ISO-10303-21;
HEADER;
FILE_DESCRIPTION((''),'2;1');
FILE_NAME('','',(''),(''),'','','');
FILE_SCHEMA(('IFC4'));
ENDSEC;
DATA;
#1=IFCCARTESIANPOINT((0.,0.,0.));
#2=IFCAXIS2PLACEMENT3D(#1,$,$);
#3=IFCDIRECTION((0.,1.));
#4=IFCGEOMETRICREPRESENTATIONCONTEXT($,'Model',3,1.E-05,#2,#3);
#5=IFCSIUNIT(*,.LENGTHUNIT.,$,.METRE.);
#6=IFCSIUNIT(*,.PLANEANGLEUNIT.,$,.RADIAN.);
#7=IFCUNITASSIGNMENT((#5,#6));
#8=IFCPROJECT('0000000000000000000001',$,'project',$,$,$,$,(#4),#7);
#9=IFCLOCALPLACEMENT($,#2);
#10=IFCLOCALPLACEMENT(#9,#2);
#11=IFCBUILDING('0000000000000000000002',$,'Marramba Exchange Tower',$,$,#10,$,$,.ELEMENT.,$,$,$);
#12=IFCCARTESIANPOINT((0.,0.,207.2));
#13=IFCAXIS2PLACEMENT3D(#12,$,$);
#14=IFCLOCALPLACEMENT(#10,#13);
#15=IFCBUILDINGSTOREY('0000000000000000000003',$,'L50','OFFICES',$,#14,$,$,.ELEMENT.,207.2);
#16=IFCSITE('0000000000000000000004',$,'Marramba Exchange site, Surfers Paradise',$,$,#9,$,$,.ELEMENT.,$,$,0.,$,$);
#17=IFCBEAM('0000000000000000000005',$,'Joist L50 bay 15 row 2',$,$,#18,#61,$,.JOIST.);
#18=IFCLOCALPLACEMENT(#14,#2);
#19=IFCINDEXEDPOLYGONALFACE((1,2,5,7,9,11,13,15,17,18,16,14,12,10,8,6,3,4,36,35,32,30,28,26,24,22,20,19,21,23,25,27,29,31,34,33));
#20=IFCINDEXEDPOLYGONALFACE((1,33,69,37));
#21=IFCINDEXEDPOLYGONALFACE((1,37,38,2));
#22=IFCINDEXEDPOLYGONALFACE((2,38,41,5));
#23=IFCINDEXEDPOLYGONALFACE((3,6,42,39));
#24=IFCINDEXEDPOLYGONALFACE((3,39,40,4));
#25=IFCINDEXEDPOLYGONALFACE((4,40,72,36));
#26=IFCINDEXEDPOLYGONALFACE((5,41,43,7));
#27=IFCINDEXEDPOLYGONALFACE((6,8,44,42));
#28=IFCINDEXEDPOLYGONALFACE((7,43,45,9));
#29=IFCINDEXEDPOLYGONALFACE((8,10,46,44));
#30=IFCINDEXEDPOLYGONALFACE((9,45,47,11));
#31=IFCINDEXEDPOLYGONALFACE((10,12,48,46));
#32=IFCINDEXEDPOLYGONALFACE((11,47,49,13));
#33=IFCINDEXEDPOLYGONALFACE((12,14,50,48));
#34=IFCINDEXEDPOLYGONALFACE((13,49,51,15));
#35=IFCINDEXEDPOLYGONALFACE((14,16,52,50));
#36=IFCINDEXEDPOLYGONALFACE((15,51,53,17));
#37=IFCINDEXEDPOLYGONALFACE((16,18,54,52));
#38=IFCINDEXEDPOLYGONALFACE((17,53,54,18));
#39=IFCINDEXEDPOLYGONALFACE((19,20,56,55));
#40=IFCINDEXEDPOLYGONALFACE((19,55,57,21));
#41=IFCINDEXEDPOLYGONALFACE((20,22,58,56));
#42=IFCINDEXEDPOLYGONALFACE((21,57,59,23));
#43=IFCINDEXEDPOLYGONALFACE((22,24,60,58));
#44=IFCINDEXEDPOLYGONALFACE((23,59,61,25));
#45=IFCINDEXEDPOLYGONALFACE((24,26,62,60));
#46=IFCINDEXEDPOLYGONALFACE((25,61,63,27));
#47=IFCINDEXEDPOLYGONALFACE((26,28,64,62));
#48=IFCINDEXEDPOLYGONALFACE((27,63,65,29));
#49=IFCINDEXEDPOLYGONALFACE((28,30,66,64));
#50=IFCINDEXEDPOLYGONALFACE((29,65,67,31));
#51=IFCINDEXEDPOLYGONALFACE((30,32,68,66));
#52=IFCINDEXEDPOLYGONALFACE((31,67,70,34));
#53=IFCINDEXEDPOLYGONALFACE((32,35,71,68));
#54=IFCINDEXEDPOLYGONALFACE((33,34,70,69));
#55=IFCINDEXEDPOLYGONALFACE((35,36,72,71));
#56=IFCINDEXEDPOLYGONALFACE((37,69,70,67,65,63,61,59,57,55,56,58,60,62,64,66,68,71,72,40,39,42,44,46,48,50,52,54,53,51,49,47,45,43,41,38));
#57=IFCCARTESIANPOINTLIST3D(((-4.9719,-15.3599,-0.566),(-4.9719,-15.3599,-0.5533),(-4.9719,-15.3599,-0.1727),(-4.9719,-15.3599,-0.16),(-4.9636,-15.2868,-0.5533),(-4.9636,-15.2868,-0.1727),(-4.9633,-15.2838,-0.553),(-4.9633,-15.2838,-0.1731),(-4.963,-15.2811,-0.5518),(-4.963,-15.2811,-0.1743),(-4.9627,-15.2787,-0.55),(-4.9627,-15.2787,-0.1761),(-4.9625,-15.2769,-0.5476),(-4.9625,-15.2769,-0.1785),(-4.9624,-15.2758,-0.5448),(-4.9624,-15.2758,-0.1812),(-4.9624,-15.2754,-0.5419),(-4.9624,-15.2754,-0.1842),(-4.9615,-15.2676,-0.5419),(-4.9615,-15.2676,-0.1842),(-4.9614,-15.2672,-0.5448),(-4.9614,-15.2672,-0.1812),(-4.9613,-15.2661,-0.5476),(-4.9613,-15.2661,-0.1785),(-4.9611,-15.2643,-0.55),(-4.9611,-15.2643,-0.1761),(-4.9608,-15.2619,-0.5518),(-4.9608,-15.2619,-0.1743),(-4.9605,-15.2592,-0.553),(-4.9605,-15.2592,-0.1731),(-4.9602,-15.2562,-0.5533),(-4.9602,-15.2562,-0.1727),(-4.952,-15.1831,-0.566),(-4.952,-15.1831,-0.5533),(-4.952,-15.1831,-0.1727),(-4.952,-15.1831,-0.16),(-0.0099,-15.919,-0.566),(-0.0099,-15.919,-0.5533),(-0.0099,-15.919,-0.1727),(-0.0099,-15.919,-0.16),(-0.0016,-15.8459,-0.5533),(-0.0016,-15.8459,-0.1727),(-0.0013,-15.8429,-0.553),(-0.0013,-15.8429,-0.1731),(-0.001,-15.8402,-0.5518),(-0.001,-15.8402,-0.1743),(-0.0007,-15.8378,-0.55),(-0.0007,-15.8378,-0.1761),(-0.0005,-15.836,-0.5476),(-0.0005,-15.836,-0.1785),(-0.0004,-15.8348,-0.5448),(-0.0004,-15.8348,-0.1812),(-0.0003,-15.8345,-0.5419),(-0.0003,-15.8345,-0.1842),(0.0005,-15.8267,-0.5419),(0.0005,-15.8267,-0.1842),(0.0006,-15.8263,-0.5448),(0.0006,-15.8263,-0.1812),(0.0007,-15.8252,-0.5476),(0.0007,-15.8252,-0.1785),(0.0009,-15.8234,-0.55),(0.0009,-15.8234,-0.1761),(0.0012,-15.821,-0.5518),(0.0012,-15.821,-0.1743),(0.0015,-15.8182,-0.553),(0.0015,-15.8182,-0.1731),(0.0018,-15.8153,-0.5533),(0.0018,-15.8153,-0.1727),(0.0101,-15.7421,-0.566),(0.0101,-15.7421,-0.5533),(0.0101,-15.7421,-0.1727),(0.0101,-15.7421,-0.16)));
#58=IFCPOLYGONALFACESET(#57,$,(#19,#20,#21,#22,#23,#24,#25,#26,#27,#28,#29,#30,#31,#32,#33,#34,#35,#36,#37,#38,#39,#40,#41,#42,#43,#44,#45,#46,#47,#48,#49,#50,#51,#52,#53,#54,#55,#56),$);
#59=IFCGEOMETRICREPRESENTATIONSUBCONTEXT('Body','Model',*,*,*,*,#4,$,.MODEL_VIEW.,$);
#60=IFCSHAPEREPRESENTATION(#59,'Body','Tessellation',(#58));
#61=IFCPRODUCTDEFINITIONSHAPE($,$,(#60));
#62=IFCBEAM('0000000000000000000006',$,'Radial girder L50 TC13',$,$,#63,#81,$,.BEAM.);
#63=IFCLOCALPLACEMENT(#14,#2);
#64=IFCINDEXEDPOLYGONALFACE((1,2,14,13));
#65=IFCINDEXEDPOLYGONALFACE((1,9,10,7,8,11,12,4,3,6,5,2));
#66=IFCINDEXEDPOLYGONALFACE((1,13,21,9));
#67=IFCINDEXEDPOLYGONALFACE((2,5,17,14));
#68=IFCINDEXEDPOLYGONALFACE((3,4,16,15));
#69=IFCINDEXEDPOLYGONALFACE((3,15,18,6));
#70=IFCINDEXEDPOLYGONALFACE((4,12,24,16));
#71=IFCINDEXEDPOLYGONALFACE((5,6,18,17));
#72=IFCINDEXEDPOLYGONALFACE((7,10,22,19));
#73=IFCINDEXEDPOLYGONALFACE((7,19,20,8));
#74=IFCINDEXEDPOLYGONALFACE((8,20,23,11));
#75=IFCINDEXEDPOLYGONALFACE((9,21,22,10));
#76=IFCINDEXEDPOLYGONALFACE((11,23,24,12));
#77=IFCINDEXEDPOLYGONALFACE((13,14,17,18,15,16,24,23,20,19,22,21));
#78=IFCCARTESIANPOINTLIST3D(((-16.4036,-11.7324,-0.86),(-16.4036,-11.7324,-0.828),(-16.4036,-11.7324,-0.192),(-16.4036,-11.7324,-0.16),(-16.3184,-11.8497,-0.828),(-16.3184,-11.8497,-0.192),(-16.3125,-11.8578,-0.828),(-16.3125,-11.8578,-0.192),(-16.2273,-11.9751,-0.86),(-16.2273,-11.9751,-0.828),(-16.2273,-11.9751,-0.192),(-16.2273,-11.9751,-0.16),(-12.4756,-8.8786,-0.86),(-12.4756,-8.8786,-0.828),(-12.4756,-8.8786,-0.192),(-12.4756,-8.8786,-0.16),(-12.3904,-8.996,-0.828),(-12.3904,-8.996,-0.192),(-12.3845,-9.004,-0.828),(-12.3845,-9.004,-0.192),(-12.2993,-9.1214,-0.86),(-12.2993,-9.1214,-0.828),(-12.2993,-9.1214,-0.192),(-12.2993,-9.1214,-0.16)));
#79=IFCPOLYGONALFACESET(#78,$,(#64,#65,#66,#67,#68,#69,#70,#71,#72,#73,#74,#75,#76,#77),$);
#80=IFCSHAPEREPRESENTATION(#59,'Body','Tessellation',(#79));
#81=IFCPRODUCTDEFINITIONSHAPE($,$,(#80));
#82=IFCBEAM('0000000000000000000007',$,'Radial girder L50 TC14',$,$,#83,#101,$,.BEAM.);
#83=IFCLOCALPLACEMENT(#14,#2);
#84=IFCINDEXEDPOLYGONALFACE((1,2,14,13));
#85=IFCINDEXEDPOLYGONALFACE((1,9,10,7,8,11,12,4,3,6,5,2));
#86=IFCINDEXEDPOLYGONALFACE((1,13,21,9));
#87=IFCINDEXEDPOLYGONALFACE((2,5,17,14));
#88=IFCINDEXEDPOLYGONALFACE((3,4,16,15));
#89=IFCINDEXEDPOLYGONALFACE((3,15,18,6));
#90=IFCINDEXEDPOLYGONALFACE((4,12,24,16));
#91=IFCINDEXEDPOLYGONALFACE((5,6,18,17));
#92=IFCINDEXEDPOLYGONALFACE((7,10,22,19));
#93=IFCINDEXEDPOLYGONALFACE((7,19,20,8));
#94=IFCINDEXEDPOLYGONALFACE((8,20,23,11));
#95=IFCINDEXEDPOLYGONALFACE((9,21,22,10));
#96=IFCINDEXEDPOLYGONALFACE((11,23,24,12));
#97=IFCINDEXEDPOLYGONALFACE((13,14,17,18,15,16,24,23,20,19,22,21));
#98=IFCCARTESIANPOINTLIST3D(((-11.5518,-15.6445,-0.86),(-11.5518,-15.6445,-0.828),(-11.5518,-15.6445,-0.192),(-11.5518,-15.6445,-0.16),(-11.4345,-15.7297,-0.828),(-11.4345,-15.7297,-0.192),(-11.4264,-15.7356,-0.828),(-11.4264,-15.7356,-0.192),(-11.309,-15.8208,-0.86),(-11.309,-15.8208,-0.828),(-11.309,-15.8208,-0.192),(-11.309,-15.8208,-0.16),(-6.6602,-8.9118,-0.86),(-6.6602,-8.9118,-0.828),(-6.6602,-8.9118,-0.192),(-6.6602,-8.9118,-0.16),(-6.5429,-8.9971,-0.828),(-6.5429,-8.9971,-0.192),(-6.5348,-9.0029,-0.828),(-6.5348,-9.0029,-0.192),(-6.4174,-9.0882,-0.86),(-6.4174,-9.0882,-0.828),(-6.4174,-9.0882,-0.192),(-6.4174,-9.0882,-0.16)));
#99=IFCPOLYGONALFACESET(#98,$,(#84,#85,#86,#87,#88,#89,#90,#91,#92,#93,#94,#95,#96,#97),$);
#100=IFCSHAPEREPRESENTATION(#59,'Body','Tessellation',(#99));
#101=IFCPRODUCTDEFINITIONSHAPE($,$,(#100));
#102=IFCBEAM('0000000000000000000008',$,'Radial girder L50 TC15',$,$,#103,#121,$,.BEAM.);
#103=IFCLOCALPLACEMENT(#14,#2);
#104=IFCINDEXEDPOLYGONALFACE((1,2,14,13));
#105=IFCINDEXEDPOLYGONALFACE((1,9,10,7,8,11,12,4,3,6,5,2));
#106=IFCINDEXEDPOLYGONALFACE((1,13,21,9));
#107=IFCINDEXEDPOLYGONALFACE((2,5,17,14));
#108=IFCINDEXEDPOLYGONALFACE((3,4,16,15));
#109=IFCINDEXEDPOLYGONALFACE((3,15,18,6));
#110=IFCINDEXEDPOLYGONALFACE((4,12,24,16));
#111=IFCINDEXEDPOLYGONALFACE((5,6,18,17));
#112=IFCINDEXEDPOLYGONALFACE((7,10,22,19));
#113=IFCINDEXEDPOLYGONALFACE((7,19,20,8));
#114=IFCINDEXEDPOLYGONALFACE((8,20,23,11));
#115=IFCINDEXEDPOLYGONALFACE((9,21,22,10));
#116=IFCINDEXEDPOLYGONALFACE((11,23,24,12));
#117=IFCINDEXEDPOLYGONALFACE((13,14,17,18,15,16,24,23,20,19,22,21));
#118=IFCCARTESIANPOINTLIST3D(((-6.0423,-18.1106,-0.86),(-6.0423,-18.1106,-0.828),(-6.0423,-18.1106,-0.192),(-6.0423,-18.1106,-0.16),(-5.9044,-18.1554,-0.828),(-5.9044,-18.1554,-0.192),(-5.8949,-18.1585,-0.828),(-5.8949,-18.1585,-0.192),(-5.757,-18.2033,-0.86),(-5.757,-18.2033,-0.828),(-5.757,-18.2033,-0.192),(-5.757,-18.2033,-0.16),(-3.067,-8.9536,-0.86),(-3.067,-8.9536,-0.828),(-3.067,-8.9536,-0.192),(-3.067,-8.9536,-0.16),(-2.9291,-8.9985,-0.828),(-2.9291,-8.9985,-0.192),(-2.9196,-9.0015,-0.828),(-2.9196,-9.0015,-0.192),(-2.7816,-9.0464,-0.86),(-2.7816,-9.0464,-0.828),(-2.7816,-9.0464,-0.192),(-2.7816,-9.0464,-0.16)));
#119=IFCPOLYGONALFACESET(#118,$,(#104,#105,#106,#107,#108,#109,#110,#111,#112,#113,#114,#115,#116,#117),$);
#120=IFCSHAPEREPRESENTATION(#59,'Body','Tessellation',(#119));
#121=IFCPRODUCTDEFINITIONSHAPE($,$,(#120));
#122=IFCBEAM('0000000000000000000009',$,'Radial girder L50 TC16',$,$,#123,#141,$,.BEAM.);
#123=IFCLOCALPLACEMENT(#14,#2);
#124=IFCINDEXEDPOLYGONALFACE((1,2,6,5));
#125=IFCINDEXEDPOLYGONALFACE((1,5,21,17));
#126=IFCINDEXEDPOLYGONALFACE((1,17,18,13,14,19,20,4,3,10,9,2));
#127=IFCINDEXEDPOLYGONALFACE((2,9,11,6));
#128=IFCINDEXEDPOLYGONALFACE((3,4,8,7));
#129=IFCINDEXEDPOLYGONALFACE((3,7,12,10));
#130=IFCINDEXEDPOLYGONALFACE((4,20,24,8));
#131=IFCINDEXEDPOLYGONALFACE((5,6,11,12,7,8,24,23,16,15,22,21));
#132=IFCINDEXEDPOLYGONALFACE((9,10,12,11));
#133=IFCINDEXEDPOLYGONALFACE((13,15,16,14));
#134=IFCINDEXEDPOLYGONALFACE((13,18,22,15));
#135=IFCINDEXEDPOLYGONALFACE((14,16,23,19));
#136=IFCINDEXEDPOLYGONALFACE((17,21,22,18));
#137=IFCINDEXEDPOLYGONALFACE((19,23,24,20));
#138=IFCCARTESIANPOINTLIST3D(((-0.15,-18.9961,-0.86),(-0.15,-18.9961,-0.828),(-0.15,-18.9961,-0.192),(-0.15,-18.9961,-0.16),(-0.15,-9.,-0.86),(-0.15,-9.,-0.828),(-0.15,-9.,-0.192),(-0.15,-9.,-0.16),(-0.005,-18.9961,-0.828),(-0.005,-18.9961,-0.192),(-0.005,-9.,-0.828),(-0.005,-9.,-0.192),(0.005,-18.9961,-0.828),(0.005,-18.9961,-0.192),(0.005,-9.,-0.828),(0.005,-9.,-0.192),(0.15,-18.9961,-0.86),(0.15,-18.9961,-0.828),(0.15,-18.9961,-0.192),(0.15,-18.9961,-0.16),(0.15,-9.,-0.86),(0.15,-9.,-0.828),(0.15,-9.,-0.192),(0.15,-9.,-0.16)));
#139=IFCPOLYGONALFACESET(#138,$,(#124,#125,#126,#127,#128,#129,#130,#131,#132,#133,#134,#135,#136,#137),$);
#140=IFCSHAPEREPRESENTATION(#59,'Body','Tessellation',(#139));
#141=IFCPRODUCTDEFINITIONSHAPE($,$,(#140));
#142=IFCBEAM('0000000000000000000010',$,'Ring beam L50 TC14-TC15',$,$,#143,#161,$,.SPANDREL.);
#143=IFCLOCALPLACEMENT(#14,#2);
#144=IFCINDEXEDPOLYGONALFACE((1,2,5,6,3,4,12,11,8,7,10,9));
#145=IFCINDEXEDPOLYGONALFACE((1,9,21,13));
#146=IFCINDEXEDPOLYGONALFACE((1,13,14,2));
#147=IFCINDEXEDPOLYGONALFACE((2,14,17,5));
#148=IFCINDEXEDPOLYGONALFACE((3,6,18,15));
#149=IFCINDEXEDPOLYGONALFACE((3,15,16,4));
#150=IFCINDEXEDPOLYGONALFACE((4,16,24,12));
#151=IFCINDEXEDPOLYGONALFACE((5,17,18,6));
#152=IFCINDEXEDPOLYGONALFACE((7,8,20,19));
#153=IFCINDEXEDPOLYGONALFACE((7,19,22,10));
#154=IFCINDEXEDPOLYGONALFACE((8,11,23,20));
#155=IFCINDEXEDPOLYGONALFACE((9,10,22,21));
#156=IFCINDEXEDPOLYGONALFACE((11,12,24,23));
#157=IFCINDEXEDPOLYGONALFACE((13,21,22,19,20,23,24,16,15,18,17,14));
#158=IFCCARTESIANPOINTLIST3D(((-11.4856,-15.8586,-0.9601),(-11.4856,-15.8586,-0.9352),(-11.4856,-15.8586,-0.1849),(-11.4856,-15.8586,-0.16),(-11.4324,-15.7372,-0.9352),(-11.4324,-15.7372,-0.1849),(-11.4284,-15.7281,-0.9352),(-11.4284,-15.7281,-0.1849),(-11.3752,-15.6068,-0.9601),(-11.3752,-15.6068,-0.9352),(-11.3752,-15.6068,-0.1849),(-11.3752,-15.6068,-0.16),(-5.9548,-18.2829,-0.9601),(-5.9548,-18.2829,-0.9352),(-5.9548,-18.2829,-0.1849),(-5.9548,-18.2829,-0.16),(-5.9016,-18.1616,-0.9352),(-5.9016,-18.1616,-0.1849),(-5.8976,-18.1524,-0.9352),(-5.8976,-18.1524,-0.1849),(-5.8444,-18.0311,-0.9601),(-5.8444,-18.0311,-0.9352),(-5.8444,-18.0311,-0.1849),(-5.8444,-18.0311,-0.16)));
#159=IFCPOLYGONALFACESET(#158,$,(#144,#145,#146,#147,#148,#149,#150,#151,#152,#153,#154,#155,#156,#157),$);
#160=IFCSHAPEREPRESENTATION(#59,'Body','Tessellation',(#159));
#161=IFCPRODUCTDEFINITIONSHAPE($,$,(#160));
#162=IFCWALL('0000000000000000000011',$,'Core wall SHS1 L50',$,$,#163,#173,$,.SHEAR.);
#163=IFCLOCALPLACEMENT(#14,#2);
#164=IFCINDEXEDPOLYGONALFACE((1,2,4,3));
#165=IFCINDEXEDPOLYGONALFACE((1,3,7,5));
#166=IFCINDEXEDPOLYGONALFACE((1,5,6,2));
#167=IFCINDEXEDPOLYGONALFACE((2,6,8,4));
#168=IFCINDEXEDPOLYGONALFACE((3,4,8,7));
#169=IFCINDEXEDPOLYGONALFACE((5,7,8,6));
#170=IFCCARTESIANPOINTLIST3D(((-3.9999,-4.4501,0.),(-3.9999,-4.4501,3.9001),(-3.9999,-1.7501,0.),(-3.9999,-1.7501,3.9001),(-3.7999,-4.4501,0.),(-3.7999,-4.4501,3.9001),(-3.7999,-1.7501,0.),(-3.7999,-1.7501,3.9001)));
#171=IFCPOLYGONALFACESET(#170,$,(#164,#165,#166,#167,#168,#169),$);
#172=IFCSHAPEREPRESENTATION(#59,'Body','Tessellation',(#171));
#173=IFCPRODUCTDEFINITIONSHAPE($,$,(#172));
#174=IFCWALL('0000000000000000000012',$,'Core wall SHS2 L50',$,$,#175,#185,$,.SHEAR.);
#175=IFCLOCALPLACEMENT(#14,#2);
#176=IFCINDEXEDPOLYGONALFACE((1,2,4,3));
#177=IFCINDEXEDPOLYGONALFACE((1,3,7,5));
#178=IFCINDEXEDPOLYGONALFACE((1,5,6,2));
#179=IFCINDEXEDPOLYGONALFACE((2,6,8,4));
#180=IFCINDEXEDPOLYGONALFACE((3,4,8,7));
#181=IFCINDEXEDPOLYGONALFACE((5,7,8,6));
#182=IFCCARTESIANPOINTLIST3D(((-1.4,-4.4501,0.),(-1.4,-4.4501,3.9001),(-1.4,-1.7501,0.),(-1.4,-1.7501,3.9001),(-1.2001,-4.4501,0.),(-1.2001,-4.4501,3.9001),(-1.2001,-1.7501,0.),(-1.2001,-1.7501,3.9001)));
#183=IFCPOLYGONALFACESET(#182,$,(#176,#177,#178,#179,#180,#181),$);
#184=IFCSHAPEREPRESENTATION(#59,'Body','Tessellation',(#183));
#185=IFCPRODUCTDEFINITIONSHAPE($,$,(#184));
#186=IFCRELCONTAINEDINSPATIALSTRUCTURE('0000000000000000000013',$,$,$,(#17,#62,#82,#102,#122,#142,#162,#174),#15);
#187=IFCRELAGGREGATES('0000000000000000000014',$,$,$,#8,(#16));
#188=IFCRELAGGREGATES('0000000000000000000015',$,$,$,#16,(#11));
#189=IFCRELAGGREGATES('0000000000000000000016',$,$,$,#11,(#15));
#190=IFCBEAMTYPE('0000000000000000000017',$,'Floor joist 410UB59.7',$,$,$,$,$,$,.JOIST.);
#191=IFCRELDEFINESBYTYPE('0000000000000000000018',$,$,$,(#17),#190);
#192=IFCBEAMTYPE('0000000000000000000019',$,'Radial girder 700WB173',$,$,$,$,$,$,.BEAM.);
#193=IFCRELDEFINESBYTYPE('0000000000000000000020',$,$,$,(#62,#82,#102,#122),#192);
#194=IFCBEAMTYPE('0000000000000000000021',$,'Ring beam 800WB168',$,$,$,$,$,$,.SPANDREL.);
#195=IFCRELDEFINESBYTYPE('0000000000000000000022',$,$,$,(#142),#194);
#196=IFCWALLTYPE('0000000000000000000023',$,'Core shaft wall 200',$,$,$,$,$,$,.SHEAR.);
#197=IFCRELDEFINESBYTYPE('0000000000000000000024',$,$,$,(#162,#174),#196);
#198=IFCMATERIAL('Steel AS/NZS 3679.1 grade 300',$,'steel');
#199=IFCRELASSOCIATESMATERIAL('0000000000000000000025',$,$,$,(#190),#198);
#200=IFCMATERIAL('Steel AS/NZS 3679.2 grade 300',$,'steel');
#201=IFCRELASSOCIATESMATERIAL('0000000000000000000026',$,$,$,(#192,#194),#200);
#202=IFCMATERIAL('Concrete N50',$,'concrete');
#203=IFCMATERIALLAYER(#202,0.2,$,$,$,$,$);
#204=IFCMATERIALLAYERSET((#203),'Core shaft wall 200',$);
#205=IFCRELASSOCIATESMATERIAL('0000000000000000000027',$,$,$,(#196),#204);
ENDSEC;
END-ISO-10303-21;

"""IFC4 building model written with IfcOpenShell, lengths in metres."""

from ifc_helpers import new_model, si_unit, direction, frame, frame_2d, origin, origin_2d, place, context, subcontext, project, spatial, rectangle, i_section, extrude, material, layer, layer_set, material_profile, profile_set, type_object, element, save


model = new_model("IFC4")

# Units and contexts
model_context = context("Model", 3, precision=1e-05, world=origin(), true_north=direction((0.0, 1.0)))
body_context = subcontext(model_context, "Body", "Model", "MODEL_VIEW")
ifc_project = project(units=[si_unit("LENGTHUNIT", "METRE"), si_unit("PLANEANGLEUNIT", "RADIAN")], contexts=[model_context])

# Site, building, storey
site_placement = place(None, origin())
site = spatial("IfcSite", under=ifc_project, at=site_placement, Name="Marramba Exchange site, Surfers Paradise", CompositionType="ELEMENT", RefElevation=0.0)
building_placement = place(site_placement, origin())
building = spatial("IfcBuilding", under=site, at=building_placement, Name="Marramba Exchange Tower", CompositionType="ELEMENT")
storey_placement = place(building_placement, frame((0.0, 0.0, 207.2)))
storey = spatial("IfcBuildingStorey", under=building, at=storey_placement, Name="L50", Description="OFFICES", CompositionType="ELEMENT", Elevation=207.2)

# Shared definitions
ifc_material_1 = material(Name="Concrete N50", Category="concrete")

# Beams
ifc_material_2 = material(Name="Steel AS/NZS 3679.2 grade 300", Category="steel")
ifc_material_3 = material(Name="Steel AS/NZS 3679.1 grade 300", Category="steel")
ifc_material_profile_1 = material_profile(ifc_material_3, i_section(OverallWidth=0.178, OverallDepth=0.406, WebThickness=0.0078, FlangeThickness=0.0127, FilletRadius=0.0115, at=origin_2d()), Name="410UB59.7")
ifc_profile_set_1 = profile_set([ifc_material_profile_1], Name="Steel AS/NZS 3679.1 grade 300")
beam_type_1 = type_object("IfcBeamType", Name="Floor joist 410UB59.7", PredefinedType="JOIST", material=ifc_profile_set_1)
beam_1_placement = place(storey_placement, frame((-4.9619, -15.2715, -0.363), z_axis=(0.993712, -0.111966, 0.0), x_axis=(0.111966, 0.993712, 0.0)))
element("IfcBeam", 1, at=beam_1_placement, inside=storey, type_object=beam_type_1, Name="Joist L50 bay 15 row 2", PredefinedType="JOIST", context=body_context, shape_type="SweptSolid", body=[
    extrude(i_section(OverallWidth=0.178, OverallDepth=0.406, WebThickness=0.0078, FlangeThickness=0.0127, FilletRadius=0.0115, at=origin_2d()), origin(), (0.0, 0.0, 1.0), 4.9934),
])
ifc_material_profile_2 = material_profile(ifc_material_2, i_section(OverallWidth=0.3, OverallDepth=0.7, WebThickness=0.01, FlangeThickness=0.032, at=origin_2d()), Name="700WB173")
ifc_profile_set_2 = profile_set([ifc_material_profile_2], Name="Steel AS/NZS 3679.2 grade 300")
beam_type_2 = type_object("IfcBeamType", Name="Radial girder 700WB173", PredefinedType="BEAM", material=ifc_profile_set_2)
beam_2_placement = place(storey_placement, frame((-12.3875, -9.0, -0.51), z_axis=(-0.809025, -0.587774, 0.0), x_axis=(0.587774, -0.809025, 0.0)))
element("IfcBeam", 2, at=beam_2_placement, inside=storey, type_object=beam_type_2, Name="Radial girder L50 TC13", PredefinedType="BEAM", context=body_context, shape_type="SweptSolid", body=[
    extrude(i_section(OverallWidth=0.3, OverallDepth=0.7, WebThickness=0.01, FlangeThickness=0.032, at=origin_2d()), origin(), (0.0, 0.0, 1.0), 4.8552),
])
beam_3_placement = place(storey_placement, frame((-6.5388, -9.0, -0.51), z_axis=(-0.587788, -0.809015, 0.0), x_axis=(0.809015, -0.587788, 0.0)))
element("IfcBeam", 3, at=beam_3_placement, inside=storey, type_object=beam_type_2, Name="Radial girder L50 TC14", PredefinedType="BEAM", context=body_context, shape_type="SweptSolid", body=[
    extrude(i_section(OverallWidth=0.3, OverallDepth=0.7, WebThickness=0.01, FlangeThickness=0.032, at=origin_2d()), origin(), (0.0, 0.0, 1.0), 8.322),
])
beam_4_placement = place(storey_placement, frame((-2.9243, -9.0, -0.51), z_axis=(-0.309022, -0.951055, 0.0), x_axis=(0.951055, -0.309022, 0.0)))
element("IfcBeam", 4, at=beam_4_placement, inside=storey, type_object=beam_type_2, Name="Radial girder L50 TC15", PredefinedType="BEAM", context=body_context, shape_type="SweptSolid", body=[
    extrude(i_section(OverallWidth=0.3, OverallDepth=0.7, WebThickness=0.01, FlangeThickness=0.032, at=origin_2d()), origin(), (0.0, 0.0, 1.0), 9.6282),
])
beam_5_placement = place(storey_placement, frame((0.0, -9.0, -0.51), z_axis=(0.0, -1.0, 0.0), x_axis=(1.0, 0.0, 0.0)))
element("IfcBeam", 5, at=beam_5_placement, inside=storey, type_object=beam_type_2, Name="Radial girder L50 TC16", PredefinedType="BEAM", context=body_context, shape_type="SweptSolid", body=[
    extrude(i_section(OverallWidth=0.3, OverallDepth=0.7, WebThickness=0.01, FlangeThickness=0.032, at=origin_2d()), origin(), (0.0, 0.0, 1.0), 9.9961),
])
ifc_material_profile_3 = material_profile(ifc_material_2, i_section(OverallWidth=0.2749, OverallDepth=0.8, WebThickness=0.01, FlangeThickness=0.0249, at=origin_2d()), Name="800WB168")
ifc_profile_set_3 = profile_set([ifc_material_profile_3], Name="Steel AS/NZS 3679.2 grade 300")
beam_type_3 = type_object("IfcBeamType", Name="Ring beam 800WB168", PredefinedType="SPANDREL", material=ifc_profile_set_3)
beam_6_placement = place(storey_placement, frame((-11.4304, -15.7327, -0.5601), z_axis=(0.915877, -0.401459, 0.0), x_axis=(0.401459, 0.915877, 0.0)))
element("IfcBeam", 6, at=beam_6_placement, inside=storey, type_object=beam_type_3, Name="Ring beam L50 TC14-TC15", PredefinedType="SPANDREL", context=body_context, shape_type="SweptSolid", body=[
    extrude(i_section(OverallWidth=0.2749, OverallDepth=0.8, WebThickness=0.01, FlangeThickness=0.0249, at=origin_2d()), origin(), (0.0, 0.0, 1.0), 6.0388),
])

# Walls
ifc_layer_1 = layer(ifc_material_1, 0.2)
ifc_layer_set_1 = layer_set([ifc_layer_1], Name="Core shaft wall 200")
wall_type_1 = type_object("IfcWallType", Name="Core shaft wall 200", PredefinedType="SHEAR", material=ifc_layer_set_1)
for number, where, z_axis, x_axis, name in (
    (7, (-3.8999, -1.75, 0.0), (0.0, 0.0, 1.0), (0.0, -1.0, 0.0), "Core wall SHS1 L50"),
    (8, (-1.3, -1.75, 0.0), (0.0, 0.0, 1.0), (0.0, -1.0, 0.0), "Core wall SHS2 L50"),
):
    element("IfcWall", number, at=place(storey_placement, frame(where, z_axis=z_axis, x_axis=x_axis)), inside=storey, type_object=wall_type_1, Name=name, PredefinedType="SHEAR", context=body_context, shape_type="SweptSolid", body=[
        extrude(rectangle(XDim=2.7, YDim=0.2, at=frame_2d((1.3501, 0.0))), origin(), (0.0, 0.0, 1.0), 3.9001),
    ])

save(model, "model.ifc")
